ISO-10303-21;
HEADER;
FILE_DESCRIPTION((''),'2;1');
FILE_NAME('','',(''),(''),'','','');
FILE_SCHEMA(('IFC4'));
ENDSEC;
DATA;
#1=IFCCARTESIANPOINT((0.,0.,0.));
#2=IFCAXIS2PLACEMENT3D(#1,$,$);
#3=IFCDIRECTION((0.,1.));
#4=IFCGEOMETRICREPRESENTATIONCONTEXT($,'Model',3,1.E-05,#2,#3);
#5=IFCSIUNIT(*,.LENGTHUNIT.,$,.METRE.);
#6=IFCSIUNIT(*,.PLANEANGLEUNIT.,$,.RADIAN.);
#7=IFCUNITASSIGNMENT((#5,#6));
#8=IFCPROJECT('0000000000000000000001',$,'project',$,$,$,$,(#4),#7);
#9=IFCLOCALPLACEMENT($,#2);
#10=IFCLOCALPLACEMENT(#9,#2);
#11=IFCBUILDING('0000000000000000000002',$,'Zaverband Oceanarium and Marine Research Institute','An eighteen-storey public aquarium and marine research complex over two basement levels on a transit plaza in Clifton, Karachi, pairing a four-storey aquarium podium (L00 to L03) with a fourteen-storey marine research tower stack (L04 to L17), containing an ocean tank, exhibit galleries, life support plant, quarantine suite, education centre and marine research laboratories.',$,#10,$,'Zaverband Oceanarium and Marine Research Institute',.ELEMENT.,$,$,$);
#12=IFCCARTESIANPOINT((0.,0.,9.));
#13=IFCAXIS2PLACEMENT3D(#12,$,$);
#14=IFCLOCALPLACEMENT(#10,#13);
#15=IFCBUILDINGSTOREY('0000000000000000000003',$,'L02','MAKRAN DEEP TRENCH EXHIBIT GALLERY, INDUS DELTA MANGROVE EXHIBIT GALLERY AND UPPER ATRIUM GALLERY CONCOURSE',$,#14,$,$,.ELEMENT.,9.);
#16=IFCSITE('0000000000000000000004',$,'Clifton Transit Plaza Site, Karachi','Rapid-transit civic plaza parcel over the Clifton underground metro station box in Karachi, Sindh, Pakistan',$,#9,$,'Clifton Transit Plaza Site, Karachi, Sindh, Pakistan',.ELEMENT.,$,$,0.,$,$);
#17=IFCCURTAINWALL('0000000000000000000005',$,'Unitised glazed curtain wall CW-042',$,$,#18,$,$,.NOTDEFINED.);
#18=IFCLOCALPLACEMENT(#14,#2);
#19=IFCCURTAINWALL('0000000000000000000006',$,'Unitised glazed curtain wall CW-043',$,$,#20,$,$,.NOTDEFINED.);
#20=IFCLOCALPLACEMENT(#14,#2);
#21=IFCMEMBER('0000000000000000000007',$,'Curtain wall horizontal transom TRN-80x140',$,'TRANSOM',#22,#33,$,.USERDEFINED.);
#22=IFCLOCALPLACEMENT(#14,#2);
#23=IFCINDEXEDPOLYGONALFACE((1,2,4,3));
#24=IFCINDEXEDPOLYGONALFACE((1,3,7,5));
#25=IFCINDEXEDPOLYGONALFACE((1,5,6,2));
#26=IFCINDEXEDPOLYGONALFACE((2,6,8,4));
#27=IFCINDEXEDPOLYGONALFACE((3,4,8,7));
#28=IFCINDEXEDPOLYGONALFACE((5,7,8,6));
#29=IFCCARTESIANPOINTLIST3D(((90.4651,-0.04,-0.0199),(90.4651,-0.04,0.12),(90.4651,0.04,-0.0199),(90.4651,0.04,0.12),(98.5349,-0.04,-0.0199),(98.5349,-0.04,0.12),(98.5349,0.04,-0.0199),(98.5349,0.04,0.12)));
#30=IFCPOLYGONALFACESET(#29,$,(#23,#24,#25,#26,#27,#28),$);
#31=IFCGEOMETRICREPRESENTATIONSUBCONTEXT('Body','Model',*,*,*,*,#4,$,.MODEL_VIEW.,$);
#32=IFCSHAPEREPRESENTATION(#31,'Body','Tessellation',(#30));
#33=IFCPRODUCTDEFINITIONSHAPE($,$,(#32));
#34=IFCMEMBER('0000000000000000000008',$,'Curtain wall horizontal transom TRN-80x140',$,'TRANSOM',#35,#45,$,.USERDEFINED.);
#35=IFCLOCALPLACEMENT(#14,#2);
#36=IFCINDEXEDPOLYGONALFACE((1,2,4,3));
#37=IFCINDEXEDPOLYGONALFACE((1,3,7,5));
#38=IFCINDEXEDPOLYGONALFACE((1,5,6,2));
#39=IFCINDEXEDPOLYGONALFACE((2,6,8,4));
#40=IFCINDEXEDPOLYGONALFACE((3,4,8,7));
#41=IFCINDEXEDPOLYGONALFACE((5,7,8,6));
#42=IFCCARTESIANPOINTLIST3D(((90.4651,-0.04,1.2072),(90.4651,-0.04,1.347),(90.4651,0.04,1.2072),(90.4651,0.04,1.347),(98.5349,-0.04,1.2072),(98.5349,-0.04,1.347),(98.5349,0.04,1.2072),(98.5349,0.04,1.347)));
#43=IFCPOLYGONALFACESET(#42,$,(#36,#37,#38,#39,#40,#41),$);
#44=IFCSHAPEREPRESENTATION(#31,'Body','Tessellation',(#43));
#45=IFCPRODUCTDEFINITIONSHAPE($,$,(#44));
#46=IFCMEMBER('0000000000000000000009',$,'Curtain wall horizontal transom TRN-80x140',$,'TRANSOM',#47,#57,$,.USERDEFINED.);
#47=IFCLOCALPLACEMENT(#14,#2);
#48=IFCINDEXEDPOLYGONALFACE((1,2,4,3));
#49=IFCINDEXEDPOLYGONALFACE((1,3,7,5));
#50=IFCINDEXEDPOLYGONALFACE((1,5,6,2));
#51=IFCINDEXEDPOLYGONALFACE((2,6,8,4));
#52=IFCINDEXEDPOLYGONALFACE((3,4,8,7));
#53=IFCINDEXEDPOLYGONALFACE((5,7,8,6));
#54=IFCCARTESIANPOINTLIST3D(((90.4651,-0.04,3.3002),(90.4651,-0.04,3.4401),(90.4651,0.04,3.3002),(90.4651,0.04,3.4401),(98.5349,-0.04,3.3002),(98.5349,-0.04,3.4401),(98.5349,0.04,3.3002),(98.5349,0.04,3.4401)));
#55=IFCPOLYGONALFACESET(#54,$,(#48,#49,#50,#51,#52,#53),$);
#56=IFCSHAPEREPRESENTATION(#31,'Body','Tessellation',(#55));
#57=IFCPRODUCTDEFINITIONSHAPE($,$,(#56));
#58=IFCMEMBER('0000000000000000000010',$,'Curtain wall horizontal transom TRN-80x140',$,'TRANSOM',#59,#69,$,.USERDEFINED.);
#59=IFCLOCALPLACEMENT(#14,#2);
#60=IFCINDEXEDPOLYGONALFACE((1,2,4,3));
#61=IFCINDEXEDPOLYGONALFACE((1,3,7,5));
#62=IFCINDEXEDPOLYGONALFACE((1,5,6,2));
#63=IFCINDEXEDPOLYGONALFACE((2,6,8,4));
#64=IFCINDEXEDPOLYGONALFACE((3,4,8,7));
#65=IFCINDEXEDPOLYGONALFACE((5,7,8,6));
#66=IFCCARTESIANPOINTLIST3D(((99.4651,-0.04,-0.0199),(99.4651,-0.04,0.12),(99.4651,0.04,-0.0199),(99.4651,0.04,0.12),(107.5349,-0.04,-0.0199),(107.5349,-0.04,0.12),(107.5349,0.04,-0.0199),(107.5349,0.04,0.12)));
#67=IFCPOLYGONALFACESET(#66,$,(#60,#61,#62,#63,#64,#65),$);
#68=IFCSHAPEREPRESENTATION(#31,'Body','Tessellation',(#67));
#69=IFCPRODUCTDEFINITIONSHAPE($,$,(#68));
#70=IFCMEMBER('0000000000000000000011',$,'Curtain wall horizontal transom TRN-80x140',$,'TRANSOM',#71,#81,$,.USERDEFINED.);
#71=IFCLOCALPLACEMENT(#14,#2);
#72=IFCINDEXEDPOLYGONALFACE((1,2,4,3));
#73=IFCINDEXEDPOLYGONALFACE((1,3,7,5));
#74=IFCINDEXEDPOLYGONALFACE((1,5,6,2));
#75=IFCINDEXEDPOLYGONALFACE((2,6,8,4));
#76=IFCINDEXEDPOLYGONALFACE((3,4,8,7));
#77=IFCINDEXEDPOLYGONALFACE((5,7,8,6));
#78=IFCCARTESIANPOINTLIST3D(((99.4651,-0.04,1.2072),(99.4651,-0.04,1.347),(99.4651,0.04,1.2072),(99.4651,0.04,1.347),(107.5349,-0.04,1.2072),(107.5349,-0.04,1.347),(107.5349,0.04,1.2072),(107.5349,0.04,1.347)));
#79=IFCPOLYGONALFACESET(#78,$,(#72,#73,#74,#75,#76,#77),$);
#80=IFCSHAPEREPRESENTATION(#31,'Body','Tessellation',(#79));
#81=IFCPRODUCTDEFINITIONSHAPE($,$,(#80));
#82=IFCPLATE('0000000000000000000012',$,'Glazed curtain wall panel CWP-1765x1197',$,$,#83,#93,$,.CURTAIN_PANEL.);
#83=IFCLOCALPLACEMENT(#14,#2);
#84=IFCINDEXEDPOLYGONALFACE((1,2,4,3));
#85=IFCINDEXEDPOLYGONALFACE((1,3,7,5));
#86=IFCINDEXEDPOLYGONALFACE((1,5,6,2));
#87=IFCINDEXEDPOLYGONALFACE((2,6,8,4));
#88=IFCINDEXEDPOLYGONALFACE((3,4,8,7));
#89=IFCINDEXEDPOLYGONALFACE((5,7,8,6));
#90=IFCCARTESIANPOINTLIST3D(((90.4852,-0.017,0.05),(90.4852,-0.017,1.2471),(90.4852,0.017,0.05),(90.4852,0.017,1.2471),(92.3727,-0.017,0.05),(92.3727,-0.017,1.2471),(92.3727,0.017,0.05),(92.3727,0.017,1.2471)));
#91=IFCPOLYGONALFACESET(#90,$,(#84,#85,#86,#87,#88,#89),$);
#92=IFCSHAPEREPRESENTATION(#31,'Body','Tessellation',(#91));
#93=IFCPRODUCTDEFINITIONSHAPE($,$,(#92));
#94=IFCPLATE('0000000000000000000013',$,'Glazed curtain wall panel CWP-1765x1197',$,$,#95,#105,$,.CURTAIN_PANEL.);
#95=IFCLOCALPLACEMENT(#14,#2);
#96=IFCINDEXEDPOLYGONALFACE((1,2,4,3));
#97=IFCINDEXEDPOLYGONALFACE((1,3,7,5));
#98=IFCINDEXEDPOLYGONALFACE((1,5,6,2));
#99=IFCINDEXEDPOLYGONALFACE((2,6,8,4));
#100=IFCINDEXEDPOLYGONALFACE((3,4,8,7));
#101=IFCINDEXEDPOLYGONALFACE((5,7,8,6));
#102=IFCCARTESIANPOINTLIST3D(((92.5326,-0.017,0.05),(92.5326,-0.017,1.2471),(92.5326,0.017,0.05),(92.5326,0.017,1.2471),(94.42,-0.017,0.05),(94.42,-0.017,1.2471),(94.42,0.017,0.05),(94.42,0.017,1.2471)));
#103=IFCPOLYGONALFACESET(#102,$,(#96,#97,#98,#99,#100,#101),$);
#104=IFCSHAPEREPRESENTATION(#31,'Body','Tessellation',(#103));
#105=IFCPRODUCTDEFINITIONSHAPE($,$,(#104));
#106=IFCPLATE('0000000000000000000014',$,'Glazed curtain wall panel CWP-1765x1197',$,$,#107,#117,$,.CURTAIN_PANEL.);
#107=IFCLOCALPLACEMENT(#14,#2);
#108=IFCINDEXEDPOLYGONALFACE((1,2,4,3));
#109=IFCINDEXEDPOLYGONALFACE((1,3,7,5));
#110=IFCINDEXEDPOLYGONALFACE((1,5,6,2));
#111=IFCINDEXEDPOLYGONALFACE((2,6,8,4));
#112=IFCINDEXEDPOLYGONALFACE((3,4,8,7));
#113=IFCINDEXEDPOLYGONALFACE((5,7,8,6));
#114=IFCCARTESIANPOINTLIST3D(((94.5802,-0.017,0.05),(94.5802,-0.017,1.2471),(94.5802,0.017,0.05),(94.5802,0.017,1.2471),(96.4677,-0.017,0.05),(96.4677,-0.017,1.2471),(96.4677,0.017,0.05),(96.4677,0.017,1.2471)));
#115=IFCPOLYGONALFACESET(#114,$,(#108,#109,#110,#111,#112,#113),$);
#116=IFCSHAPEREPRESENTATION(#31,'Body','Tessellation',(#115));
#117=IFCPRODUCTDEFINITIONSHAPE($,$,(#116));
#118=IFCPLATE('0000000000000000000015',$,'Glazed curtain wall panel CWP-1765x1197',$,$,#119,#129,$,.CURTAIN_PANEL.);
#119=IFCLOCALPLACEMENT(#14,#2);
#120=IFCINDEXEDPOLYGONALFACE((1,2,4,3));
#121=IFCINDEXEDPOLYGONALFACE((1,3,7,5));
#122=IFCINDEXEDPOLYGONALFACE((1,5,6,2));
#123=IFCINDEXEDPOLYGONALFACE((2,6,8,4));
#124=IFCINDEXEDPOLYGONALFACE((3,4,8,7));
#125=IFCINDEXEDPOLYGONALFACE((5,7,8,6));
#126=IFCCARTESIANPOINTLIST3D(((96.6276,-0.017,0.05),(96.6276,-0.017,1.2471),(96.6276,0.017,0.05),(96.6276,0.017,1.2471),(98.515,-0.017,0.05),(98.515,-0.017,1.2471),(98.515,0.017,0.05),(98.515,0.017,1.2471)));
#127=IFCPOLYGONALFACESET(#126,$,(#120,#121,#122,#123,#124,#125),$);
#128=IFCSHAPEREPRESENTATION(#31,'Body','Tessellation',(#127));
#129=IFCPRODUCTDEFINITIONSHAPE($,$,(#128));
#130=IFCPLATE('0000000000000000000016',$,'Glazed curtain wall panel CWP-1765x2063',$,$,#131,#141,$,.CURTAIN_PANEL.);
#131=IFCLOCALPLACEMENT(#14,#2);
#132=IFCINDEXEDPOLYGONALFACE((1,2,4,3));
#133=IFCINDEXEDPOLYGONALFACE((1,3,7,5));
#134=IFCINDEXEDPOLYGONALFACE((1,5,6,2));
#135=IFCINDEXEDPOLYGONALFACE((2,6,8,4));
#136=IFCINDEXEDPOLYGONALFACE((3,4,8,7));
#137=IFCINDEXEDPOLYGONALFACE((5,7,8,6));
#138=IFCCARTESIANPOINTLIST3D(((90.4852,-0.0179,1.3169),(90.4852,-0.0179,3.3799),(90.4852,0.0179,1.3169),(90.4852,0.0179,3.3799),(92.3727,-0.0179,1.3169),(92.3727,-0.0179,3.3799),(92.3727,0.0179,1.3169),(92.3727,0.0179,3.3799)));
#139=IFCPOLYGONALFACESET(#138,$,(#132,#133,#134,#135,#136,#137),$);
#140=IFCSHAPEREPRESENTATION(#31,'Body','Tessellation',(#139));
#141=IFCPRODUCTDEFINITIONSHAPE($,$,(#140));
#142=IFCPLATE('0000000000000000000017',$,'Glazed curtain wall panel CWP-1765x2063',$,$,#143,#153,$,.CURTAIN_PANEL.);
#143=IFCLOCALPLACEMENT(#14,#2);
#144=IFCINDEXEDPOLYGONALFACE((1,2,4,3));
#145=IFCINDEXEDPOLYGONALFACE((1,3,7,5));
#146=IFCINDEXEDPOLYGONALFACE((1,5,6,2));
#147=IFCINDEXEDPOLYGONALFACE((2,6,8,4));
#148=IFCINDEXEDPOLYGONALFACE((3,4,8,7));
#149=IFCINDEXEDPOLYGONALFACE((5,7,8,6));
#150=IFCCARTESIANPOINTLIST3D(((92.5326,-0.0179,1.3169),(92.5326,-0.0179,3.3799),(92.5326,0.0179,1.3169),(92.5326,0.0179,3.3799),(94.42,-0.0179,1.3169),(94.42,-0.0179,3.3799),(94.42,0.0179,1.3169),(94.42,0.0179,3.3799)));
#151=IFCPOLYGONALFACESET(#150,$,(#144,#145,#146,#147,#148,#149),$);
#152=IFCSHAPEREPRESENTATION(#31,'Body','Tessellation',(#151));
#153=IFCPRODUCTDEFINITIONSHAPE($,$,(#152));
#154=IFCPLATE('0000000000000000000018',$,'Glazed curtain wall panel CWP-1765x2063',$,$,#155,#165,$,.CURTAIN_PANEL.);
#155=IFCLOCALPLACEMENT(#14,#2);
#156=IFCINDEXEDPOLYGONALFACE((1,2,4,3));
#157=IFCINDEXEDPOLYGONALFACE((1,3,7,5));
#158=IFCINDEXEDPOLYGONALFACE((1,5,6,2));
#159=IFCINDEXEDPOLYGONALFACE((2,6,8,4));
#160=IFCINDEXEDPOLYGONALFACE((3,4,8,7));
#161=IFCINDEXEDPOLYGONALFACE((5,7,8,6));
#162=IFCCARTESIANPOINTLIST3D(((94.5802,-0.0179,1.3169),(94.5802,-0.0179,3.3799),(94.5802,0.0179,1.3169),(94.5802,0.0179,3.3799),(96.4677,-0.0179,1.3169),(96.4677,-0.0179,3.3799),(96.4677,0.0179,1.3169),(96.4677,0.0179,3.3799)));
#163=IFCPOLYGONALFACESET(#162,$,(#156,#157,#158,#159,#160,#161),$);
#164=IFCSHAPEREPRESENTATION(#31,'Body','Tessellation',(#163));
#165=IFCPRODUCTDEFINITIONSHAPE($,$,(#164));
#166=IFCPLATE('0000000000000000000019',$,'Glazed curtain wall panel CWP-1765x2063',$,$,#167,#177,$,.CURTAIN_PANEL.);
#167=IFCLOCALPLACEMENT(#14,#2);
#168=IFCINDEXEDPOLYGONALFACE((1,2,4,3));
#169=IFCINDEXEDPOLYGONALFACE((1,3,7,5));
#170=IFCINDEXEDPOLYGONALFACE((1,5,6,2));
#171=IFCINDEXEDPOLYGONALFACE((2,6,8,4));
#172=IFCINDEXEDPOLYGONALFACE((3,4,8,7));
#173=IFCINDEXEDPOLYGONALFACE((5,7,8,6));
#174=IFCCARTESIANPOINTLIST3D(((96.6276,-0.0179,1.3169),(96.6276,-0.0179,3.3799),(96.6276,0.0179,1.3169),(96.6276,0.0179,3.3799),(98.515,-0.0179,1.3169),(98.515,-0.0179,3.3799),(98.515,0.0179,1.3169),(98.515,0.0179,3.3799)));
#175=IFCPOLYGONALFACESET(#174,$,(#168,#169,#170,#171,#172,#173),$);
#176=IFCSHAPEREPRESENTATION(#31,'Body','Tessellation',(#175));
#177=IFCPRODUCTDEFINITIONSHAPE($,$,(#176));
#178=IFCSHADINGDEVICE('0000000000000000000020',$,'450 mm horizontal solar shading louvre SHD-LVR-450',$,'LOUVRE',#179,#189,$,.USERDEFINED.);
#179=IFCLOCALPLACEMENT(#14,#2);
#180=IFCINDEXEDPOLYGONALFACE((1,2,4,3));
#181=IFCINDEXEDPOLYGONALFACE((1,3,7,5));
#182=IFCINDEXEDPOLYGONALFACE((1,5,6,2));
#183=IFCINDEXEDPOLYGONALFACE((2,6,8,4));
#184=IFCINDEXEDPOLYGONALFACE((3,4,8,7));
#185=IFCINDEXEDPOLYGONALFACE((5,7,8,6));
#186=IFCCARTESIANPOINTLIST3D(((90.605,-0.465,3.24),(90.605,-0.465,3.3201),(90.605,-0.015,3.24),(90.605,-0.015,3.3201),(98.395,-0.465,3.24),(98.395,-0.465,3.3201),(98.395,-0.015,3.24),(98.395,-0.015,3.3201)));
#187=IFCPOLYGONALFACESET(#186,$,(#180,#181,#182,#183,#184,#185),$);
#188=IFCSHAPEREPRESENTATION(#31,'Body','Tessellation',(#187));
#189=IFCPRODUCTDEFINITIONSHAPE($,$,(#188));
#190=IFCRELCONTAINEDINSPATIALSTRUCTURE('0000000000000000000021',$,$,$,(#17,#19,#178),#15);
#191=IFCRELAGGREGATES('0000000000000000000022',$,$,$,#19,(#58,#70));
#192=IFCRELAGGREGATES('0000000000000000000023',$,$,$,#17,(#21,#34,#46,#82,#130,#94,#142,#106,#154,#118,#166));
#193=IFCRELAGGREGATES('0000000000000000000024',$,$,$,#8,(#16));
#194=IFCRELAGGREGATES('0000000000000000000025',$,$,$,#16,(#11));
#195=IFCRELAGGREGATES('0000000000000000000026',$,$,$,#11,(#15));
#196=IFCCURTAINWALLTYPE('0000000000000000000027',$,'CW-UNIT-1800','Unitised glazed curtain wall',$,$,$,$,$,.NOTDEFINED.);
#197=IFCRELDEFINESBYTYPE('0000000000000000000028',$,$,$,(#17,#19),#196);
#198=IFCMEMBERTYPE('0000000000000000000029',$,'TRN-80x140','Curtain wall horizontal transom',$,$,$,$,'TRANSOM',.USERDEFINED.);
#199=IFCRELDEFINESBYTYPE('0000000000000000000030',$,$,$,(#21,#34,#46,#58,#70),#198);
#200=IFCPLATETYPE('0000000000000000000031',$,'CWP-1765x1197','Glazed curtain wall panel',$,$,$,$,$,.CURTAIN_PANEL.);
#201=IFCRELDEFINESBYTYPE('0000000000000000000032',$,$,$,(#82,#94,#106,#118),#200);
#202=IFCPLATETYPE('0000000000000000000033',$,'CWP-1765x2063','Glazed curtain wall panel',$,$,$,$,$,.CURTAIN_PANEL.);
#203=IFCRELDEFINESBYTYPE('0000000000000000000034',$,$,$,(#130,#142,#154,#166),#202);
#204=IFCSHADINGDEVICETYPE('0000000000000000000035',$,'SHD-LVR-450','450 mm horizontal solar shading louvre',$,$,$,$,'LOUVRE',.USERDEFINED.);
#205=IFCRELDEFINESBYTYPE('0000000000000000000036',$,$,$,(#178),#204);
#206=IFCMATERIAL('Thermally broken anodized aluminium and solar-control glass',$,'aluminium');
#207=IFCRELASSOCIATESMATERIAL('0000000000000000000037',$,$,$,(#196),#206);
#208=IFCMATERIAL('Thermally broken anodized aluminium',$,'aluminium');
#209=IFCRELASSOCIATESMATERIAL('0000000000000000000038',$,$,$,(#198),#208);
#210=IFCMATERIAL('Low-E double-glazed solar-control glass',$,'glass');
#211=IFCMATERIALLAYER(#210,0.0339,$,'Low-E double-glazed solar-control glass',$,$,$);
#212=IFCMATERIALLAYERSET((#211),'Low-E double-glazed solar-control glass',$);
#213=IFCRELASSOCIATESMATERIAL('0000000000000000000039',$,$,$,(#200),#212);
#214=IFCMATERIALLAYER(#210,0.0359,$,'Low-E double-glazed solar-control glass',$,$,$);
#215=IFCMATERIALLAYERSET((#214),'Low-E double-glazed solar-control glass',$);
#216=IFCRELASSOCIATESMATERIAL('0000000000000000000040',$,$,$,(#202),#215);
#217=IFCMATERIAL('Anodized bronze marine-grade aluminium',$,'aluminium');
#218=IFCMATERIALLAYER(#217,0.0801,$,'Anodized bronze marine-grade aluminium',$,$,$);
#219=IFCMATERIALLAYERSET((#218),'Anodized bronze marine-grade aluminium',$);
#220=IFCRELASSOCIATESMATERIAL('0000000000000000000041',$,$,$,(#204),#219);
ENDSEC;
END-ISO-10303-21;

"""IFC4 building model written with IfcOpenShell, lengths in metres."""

from ifc_helpers import new_model, si_unit, direction, frame, frame_2d, origin, origin_2d, place, context, subcontext, project, spatial, rectangle, extrude, material, layer, layer_set, material_profile, profile_set, type_object, element, aggregate, save


model = new_model("IFC4")

# Units and contexts
model_context = context("Model", 3, precision=1e-05, world=origin(), true_north=direction((0.0, 1.0)))
body_context = subcontext(model_context, "Body", "Model", "MODEL_VIEW")
ifc_project = project(units=[si_unit("LENGTHUNIT", "METRE"), si_unit("PLANEANGLEUNIT", "RADIAN")], contexts=[model_context])

# Site, building, storey
site_placement = place(None, origin())
site = spatial("IfcSite", under=ifc_project, at=site_placement, Name="Clifton Transit Plaza Site, Karachi", Description="Rapid-transit civic plaza parcel over the Clifton underground metro station box in Karachi, Sindh, Pakistan", LongName="Clifton Transit Plaza Site, Karachi, Sindh, Pakistan", CompositionType="ELEMENT", RefElevation=0.0)
building_placement = place(site_placement, origin())
building = spatial("IfcBuilding", under=site, at=building_placement, Name="Zaverband Oceanarium and Marine Research Institute", Description="An eighteen-storey public aquarium and marine research complex over two basement levels on a transit plaza in Clifton, Karachi, pairing a four-storey aquarium podium (L00 to L03) with a fourteen-storey marine research tower stack (L04 to L17), containing an ocean tank, exhibit galleries, life support plant, quarantine suite, education centre and marine research laboratories.", LongName="Zaverband Oceanarium and Marine Research Institute", CompositionType="ELEMENT")
storey_placement = place(building_placement, frame((0.0, 0.0, 9.0)))
storey = spatial("IfcBuildingStorey", under=building, at=storey_placement, Name="L02", Description="MAKRAN DEEP TRENCH EXHIBIT GALLERY, INDUS DELTA MANGROVE EXHIBIT GALLERY AND UPPER ATRIUM GALLERY CONCOURSE", CompositionType="ELEMENT", Elevation=9.0)

# Curtain wall
ifc_material_1 = material(Name="Thermally broken anodized aluminium and solar-control glass", Category="aluminium")
curtain_wall_type = type_object("IfcCurtainWallType", Name="CW-UNIT-1800", Description="Unitised glazed curtain wall", PredefinedType="NOTDEFINED", material=ifc_material_1)
curtain_wall_1_placement = place(storey_placement, origin())
curtain_wall_1 = element("IfcCurtainWall", 1, at=curtain_wall_1_placement, inside=storey, type_object=curtain_wall_type, Name="Unitised glazed curtain wall CW-042", PredefinedType="NOTDEFINED")
ifc_material_2 = material(Name="Thermally broken anodized aluminium", Category="aluminium")

# Curtain wall
curtain_wall_2_placement = place(storey_placement, origin())
curtain_wall_2 = element("IfcCurtainWall", 2, at=curtain_wall_2_placement, inside=storey, type_object=curtain_wall_type, Name="Unitised glazed curtain wall CW-043", PredefinedType="NOTDEFINED")

# Members
ifc_material_profile_1 = material_profile(ifc_material_2, rectangle(XDim=0.0801, YDim=0.1399, at=origin_2d()), Name="AL-TRN-80x140")
ifc_profile_set_1 = profile_set([ifc_material_profile_1], Name="Thermally broken anodized aluminium")
member_type_1 = type_object("IfcMemberType", Name="TRN-80x140", Description="Curtain wall horizontal transom", ElementType="TRANSOM", PredefinedType="USERDEFINED", material=ifc_profile_set_1)
member_1_placement = place(storey_placement, frame((90.4651, 0.0, 0.05), z_axis=(1.0, 0.0, 0.0), x_axis=(0.0, 1.0, 0.0)))
member_1 = element("IfcMember", 3, at=member_1_placement, type_object=member_type_1, Name="Curtain wall horizontal transom TRN-80x140", ObjectType="TRANSOM", PredefinedType="USERDEFINED", context=body_context, shape_type="SweptSolid", body=[
    extrude(rectangle(XDim=0.0801, YDim=0.1399, at=origin_2d()), origin(), (0.0, 0.0, 1.0), 8.0698),
])
member_2_placement = place(storey_placement, frame((90.4651, 0.0, 1.2771), z_axis=(1.0, 0.0, 0.0), x_axis=(0.0, 1.0, 0.0)))
member_2 = element("IfcMember", 4, at=member_2_placement, type_object=member_type_1, Name="Curtain wall horizontal transom TRN-80x140", ObjectType="TRANSOM", PredefinedType="USERDEFINED", context=body_context, shape_type="SweptSolid", body=[
    extrude(rectangle(XDim=0.0801, YDim=0.1399, at=origin_2d()), origin(), (0.0, 0.0, 1.0), 8.0698),
])
member_3_placement = place(storey_placement, frame((90.4651, 0.0, 3.3701), z_axis=(1.0, 0.0, 0.0), x_axis=(0.0, 1.0, 0.0)))
member_3 = element("IfcMember", 5, at=member_3_placement, type_object=member_type_1, Name="Curtain wall horizontal transom TRN-80x140", ObjectType="TRANSOM", PredefinedType="USERDEFINED", context=body_context, shape_type="SweptSolid", body=[
    extrude(rectangle(XDim=0.0801, YDim=0.1399, at=origin_2d()), origin(), (0.0, 0.0, 1.0), 8.0698),
])
member_4_placement = place(storey_placement, frame((99.4651, 0.0, 0.05), z_axis=(1.0, 0.0, 0.0), x_axis=(0.0, 1.0, 0.0)))
member_4 = element("IfcMember", 6, at=member_4_placement, type_object=member_type_1, Name="Curtain wall horizontal transom TRN-80x140", ObjectType="TRANSOM", PredefinedType="USERDEFINED", context=body_context, shape_type="SweptSolid", body=[
    extrude(rectangle(XDim=0.0801, YDim=0.1399, at=origin_2d()), origin(), (0.0, 0.0, 1.0), 8.0698),
])
member_5_placement = place(storey_placement, frame((99.4651, 0.0, 1.2771), z_axis=(1.0, 0.0, 0.0), x_axis=(0.0, 1.0, 0.0)))
member_5 = element("IfcMember", 7, at=member_5_placement, type_object=member_type_1, Name="Curtain wall horizontal transom TRN-80x140", ObjectType="TRANSOM", PredefinedType="USERDEFINED", context=body_context, shape_type="SweptSolid", body=[
    extrude(rectangle(XDim=0.0801, YDim=0.1399, at=origin_2d()), origin(), (0.0, 0.0, 1.0), 8.0698),
])
aggregate(curtain_wall_2, [member_4, member_5])

# Plates
ifc_material_3 = material(Name="Low-E double-glazed solar-control glass", Category="glass")
ifc_layer_1 = layer(ifc_material_3, 0.0339, Name="Low-E double-glazed solar-control glass")
ifc_layer_set_1 = layer_set([ifc_layer_1], Name="Low-E double-glazed solar-control glass")
plate_type_1 = type_object("IfcPlateType", Name="CWP-1765x1197", Description="Glazed curtain wall panel", PredefinedType="CURTAIN_PANEL", material=ifc_layer_set_1)
plate_1_placement = place(storey_placement, frame((90.4851, 0.0, 0.05), z_axis=(0.0, 0.0, 1.0), x_axis=(1.0, 0.0, 0.0)))
plate_1 = element("IfcPlate", 8, at=plate_1_placement, type_object=plate_type_1, Name="Glazed curtain wall panel CWP-1765x1197", PredefinedType="CURTAIN_PANEL", context=body_context, shape_type="SweptSolid", body=[
    extrude(rectangle(XDim=1.8875, YDim=0.0339, at=frame_2d((0.9438, 0.0))), origin(), (0.0, 0.0, 1.0), 1.197),
])
plate_2_placement = place(storey_placement, frame((92.5325, 0.0, 0.05), z_axis=(0.0, 0.0, 1.0), x_axis=(1.0, 0.0, 0.0)))
plate_2 = element("IfcPlate", 9, at=plate_2_placement, type_object=plate_type_1, Name="Glazed curtain wall panel CWP-1765x1197", PredefinedType="CURTAIN_PANEL", context=body_context, shape_type="SweptSolid", body=[
    extrude(rectangle(XDim=1.8875, YDim=0.0339, at=frame_2d((0.9438, 0.0))), origin(), (0.0, 0.0, 1.0), 1.197),
])
plate_3_placement = place(storey_placement, frame((94.5801, 0.0, 0.05), z_axis=(0.0, 0.0, 1.0), x_axis=(1.0, 0.0, 0.0)))
plate_3 = element("IfcPlate", 10, at=plate_3_placement, type_object=plate_type_1, Name="Glazed curtain wall panel CWP-1765x1197", PredefinedType="CURTAIN_PANEL", context=body_context, shape_type="SweptSolid", body=[
    extrude(rectangle(XDim=1.8875, YDim=0.0339, at=frame_2d((0.9438, 0.0))), origin(), (0.0, 0.0, 1.0), 1.197),
])
plate_4_placement = place(storey_placement, frame((96.6274, 0.0, 0.05), z_axis=(0.0, 0.0, 1.0), x_axis=(1.0, 0.0, 0.0)))
plate_4 = element("IfcPlate", 11, at=plate_4_placement, type_object=plate_type_1, Name="Glazed curtain wall panel CWP-1765x1197", PredefinedType="CURTAIN_PANEL", context=body_context, shape_type="SweptSolid", body=[
    extrude(rectangle(XDim=1.8875, YDim=0.0339, at=frame_2d((0.9438, 0.0))), origin(), (0.0, 0.0, 1.0), 1.197),
])
ifc_layer_2 = layer(ifc_material_3, 0.0359, Name="Low-E double-glazed solar-control glass")
ifc_layer_set_2 = layer_set([ifc_layer_2], Name="Low-E double-glazed solar-control glass")
plate_type_2 = type_object("IfcPlateType", Name="CWP-1765x2063", Description="Glazed curtain wall panel", PredefinedType="CURTAIN_PANEL", material=ifc_layer_set_2)
plate_5_placement = place(storey_placement, frame((90.4851, 0.0, 1.3169), z_axis=(0.0, 0.0, 1.0), x_axis=(1.0, 0.0, 0.0)))
plate_5 = element("IfcPlate", 12, at=plate_5_placement, type_object=plate_type_2, Name="Glazed curtain wall panel CWP-1765x2063", PredefinedType="CURTAIN_PANEL", context=body_context, shape_type="SweptSolid", body=[
    extrude(rectangle(XDim=1.8875, YDim=0.0359, at=frame_2d((0.9438, 0.0))), origin(), (0.0, 0.0, 1.0), 2.063),
])
plate_6_placement = place(storey_placement, frame((92.5325, 0.0, 1.3169), z_axis=(0.0, 0.0, 1.0), x_axis=(1.0, 0.0, 0.0)))
plate_6 = element("IfcPlate", 13, at=plate_6_placement, type_object=plate_type_2, Name="Glazed curtain wall panel CWP-1765x2063", PredefinedType="CURTAIN_PANEL", context=body_context, shape_type="SweptSolid", body=[
    extrude(rectangle(XDim=1.8875, YDim=0.0359, at=frame_2d((0.9438, 0.0))), origin(), (0.0, 0.0, 1.0), 2.063),
])
plate_7_placement = place(storey_placement, frame((94.5801, 0.0, 1.3169), z_axis=(0.0, 0.0, 1.0), x_axis=(1.0, 0.0, 0.0)))
plate_7 = element("IfcPlate", 14, at=plate_7_placement, type_object=plate_type_2, Name="Glazed curtain wall panel CWP-1765x2063", PredefinedType="CURTAIN_PANEL", context=body_context, shape_type="SweptSolid", body=[
    extrude(rectangle(XDim=1.8875, YDim=0.0359, at=frame_2d((0.9438, 0.0))), origin(), (0.0, 0.0, 1.0), 2.063),
])
plate_8_placement = place(storey_placement, frame((96.6274, 0.0, 1.3169), z_axis=(0.0, 0.0, 1.0), x_axis=(1.0, 0.0, 0.0)))
plate_8 = element("IfcPlate", 15, at=plate_8_placement, type_object=plate_type_2, Name="Glazed curtain wall panel CWP-1765x2063", PredefinedType="CURTAIN_PANEL", context=body_context, shape_type="SweptSolid", body=[
    extrude(rectangle(XDim=1.8875, YDim=0.0359, at=frame_2d((0.9438, 0.0))), origin(), (0.0, 0.0, 1.0), 2.063),
])
aggregate(curtain_wall_1, [member_1, member_2, member_3, plate_1, plate_5, plate_2, plate_6, plate_3, plate_7, plate_4, plate_8])

# Shading device
ifc_material_4 = material(Name="Anodized bronze marine-grade aluminium", Category="aluminium")
ifc_layer_3 = layer(ifc_material_4, 0.0801, Name="Anodized bronze marine-grade aluminium")
ifc_layer_set_3 = layer_set([ifc_layer_3], Name="Anodized bronze marine-grade aluminium")
shading_device_type = type_object("IfcShadingDeviceType", Name="SHD-LVR-450", Description="450 mm horizontal solar shading louvre", ElementType="LOUVRE", PredefinedType="USERDEFINED", material=ifc_layer_set_3)
shading_device_placement = place(storey_placement, frame((90.605, -0.24, 3.24), z_axis=(0.0, 0.0, 1.0), x_axis=(1.0, 0.0, 0.0)))
element("IfcShadingDevice", 16, at=shading_device_placement, inside=storey, type_object=shading_device_type, Name="450 mm horizontal solar shading louvre SHD-LVR-450", ObjectType="LOUVRE", PredefinedType="USERDEFINED", context=body_context, shape_type="SweptSolid", body=[
    extrude(rectangle(XDim=7.79, YDim=0.45, at=frame_2d((3.895, 0.0))), origin(), (0.0, 0.0, 1.0), 0.0801),
])

save(model, "model.ifc")
